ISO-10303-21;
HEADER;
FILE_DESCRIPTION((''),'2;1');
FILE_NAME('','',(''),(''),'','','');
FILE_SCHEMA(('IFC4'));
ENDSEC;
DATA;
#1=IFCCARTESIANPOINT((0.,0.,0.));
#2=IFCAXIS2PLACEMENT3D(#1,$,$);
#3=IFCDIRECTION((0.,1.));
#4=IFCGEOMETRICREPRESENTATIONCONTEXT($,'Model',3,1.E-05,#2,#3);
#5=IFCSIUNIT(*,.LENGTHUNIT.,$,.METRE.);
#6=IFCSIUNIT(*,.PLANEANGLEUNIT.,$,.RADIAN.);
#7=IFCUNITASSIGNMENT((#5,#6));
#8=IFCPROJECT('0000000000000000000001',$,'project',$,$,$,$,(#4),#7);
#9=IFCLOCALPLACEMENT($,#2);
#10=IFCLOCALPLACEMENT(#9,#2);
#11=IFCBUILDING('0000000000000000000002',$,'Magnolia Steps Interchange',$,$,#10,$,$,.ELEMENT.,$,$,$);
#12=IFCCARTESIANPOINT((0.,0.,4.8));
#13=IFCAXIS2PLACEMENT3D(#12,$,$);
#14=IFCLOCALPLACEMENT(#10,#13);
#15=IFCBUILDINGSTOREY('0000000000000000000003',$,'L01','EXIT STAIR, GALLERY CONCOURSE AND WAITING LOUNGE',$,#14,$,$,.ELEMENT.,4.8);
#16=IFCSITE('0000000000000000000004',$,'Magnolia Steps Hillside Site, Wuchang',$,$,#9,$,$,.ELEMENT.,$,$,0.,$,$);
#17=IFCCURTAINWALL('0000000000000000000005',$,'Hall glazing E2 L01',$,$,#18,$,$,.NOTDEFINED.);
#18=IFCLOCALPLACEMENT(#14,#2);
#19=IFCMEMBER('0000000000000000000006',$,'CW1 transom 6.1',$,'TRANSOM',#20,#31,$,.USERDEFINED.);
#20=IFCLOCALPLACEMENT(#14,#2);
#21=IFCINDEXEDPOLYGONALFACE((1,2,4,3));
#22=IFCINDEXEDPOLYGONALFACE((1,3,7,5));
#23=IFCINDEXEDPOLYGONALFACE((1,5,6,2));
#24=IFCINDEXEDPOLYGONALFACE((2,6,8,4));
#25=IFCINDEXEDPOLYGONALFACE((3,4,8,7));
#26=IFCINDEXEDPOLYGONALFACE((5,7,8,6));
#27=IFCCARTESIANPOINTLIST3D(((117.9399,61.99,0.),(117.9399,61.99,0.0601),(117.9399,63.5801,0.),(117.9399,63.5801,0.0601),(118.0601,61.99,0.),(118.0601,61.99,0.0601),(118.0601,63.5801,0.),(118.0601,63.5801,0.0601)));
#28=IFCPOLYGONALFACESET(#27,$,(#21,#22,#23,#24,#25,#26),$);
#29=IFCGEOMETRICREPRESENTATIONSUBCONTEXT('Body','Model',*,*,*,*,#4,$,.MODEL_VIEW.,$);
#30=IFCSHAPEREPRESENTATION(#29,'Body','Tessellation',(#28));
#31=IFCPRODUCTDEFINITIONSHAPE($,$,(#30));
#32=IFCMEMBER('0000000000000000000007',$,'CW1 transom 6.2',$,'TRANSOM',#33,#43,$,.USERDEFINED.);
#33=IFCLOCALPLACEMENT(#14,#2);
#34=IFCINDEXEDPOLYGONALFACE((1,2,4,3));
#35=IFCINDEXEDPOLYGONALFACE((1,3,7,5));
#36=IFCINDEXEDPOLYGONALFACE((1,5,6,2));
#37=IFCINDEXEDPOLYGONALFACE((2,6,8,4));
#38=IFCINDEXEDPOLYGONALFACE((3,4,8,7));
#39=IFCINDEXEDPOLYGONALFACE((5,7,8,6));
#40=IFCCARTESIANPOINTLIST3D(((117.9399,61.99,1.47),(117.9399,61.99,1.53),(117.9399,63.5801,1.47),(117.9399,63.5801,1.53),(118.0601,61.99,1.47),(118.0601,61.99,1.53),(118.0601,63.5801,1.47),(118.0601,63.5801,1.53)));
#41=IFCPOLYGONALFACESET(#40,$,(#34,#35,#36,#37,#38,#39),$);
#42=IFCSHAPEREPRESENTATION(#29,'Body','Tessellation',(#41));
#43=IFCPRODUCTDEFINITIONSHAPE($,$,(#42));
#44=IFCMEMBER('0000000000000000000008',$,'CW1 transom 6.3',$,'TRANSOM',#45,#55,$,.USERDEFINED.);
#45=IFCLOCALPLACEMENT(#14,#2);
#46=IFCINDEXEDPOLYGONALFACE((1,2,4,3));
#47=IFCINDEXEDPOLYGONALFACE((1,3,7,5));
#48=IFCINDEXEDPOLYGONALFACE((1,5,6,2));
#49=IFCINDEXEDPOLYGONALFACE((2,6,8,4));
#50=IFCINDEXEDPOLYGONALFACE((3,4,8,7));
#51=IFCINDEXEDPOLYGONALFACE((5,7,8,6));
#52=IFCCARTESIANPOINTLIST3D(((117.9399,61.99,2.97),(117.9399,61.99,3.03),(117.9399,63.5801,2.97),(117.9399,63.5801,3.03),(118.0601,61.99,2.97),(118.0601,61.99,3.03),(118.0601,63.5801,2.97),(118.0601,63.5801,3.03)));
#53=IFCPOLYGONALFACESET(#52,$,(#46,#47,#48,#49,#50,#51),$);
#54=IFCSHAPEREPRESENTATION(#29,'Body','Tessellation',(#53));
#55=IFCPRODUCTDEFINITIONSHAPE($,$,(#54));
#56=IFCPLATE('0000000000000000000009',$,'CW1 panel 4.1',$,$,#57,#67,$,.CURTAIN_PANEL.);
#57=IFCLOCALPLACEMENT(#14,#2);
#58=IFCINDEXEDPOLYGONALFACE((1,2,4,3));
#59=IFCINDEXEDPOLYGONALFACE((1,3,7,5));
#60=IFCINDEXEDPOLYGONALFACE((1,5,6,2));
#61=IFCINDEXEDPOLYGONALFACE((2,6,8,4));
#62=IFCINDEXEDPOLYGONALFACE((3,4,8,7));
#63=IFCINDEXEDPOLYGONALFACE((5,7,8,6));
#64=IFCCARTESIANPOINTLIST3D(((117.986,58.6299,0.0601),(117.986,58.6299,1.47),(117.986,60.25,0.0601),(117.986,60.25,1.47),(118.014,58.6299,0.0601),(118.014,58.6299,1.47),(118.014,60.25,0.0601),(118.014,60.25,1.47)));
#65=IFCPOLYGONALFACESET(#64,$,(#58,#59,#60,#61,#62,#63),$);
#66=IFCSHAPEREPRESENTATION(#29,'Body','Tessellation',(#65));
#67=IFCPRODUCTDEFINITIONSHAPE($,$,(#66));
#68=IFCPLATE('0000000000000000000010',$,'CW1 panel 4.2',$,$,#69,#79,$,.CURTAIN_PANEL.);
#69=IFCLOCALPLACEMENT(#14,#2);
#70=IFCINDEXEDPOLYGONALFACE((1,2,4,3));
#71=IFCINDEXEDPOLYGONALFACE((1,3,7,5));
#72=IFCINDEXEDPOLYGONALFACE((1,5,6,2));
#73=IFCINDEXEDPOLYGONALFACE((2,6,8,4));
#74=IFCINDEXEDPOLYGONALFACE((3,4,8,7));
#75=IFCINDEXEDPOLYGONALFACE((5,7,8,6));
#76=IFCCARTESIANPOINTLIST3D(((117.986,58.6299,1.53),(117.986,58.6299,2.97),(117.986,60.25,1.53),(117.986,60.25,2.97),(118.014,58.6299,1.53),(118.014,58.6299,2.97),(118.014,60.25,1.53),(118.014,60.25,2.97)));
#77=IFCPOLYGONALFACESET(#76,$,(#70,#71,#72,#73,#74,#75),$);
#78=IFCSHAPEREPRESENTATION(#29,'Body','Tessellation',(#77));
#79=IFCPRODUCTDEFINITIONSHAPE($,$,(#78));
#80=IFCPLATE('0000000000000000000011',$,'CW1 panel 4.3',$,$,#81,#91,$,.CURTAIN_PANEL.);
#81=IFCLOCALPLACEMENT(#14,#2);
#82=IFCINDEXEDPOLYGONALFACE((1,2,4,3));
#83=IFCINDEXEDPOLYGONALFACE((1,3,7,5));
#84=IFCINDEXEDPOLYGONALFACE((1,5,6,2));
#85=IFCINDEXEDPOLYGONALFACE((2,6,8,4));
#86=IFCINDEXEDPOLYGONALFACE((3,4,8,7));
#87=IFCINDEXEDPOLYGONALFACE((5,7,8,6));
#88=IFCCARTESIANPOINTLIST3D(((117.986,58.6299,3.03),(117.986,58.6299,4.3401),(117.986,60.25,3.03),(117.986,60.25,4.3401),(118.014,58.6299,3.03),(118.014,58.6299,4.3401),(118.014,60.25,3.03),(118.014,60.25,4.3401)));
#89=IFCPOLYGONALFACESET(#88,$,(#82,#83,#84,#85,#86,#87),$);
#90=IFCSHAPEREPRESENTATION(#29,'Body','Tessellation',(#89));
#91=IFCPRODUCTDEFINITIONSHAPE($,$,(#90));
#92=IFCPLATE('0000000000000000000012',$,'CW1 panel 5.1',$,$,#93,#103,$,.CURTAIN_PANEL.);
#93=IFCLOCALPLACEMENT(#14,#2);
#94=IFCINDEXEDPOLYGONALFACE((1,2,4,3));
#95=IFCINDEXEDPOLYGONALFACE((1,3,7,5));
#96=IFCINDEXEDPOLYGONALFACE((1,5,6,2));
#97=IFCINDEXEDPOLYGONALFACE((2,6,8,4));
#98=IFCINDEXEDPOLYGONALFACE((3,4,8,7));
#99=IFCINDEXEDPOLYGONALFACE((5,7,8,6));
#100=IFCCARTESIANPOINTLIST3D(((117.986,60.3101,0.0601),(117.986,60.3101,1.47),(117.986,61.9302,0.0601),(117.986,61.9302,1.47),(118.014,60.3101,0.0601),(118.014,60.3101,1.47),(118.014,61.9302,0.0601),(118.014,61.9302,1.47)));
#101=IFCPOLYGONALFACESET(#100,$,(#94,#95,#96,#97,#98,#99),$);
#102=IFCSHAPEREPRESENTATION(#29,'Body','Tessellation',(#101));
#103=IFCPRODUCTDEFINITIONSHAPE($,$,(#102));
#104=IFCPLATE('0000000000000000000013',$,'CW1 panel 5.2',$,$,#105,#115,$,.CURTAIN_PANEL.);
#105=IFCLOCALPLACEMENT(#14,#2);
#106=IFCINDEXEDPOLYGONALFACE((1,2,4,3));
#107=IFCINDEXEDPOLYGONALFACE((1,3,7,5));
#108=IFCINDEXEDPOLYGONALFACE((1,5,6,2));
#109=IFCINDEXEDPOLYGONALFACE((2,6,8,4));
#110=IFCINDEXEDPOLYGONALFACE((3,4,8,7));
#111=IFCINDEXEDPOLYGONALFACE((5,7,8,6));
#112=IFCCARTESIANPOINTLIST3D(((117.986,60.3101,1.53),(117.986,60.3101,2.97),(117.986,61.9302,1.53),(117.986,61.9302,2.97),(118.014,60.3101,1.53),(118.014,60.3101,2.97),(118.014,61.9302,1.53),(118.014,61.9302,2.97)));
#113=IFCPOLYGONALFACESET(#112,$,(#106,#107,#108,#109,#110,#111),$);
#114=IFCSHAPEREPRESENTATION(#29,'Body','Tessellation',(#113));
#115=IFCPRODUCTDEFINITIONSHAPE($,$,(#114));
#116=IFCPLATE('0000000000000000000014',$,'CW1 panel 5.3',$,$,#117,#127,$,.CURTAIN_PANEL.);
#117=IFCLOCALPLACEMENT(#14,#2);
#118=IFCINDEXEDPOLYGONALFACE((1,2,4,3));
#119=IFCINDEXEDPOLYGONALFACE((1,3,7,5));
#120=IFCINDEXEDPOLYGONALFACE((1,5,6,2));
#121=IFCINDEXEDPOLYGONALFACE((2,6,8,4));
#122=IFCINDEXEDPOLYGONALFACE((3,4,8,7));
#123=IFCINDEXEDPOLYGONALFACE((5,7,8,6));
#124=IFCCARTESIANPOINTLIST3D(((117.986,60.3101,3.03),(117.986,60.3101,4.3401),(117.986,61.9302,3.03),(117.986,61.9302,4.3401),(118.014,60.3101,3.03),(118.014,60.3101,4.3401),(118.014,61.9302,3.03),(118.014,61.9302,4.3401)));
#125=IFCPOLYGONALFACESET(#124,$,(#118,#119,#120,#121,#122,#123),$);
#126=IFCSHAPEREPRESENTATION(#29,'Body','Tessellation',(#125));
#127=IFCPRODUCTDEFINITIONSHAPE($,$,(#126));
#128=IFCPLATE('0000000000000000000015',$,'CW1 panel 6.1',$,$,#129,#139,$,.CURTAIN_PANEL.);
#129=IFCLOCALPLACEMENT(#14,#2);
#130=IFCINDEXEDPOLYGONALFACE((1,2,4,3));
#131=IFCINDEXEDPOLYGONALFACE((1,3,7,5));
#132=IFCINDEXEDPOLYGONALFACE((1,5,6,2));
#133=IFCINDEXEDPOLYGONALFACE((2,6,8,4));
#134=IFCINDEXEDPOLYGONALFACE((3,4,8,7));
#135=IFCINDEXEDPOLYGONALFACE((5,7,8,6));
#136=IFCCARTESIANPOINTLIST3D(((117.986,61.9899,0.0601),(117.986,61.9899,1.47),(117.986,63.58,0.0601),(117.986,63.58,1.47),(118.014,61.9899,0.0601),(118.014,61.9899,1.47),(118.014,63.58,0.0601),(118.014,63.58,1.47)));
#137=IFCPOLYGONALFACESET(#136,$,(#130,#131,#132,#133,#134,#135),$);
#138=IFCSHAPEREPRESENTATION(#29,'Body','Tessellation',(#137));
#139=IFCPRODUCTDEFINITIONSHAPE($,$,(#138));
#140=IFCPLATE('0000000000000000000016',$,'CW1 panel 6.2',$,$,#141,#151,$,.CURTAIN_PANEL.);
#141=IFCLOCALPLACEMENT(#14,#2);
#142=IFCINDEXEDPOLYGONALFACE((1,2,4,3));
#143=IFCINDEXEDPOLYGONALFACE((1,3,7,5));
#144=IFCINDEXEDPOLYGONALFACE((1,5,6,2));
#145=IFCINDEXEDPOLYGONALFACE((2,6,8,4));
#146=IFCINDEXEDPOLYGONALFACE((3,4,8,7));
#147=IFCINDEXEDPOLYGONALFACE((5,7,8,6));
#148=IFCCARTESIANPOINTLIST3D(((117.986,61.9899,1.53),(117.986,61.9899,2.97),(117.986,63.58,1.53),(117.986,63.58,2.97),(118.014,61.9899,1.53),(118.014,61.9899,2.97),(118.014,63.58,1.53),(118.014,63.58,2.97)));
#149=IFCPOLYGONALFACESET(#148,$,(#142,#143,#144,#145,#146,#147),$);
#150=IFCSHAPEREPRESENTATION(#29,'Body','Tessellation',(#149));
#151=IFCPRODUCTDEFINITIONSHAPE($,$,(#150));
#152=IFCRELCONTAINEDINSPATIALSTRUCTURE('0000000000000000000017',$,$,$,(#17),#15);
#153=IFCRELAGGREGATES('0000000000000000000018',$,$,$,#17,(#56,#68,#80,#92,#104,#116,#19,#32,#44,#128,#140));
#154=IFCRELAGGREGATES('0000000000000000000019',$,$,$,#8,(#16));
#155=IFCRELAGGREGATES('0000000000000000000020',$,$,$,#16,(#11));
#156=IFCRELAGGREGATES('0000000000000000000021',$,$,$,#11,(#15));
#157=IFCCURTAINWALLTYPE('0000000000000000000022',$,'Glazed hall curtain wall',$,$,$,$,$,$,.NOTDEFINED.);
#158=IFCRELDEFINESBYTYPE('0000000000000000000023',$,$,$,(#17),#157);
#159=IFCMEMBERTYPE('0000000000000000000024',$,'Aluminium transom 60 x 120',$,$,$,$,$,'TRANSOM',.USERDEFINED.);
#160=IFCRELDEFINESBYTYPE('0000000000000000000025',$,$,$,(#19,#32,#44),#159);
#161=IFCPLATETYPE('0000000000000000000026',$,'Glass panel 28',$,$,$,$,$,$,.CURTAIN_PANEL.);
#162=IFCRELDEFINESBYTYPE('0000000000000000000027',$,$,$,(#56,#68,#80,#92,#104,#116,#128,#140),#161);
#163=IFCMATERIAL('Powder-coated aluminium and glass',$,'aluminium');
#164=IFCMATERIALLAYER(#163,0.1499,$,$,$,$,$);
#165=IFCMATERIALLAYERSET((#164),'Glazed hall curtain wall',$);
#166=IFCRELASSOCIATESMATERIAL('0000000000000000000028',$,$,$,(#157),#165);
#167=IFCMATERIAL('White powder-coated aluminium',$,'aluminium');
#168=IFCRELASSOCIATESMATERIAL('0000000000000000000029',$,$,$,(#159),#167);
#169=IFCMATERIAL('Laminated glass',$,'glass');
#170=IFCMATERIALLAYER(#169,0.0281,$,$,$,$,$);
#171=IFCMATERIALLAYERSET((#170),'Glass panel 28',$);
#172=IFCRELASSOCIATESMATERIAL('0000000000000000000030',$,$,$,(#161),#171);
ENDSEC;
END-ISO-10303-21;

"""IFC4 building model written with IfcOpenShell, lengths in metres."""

from ifc_helpers import new_model, si_unit, direction, frame, origin, origin_2d, place, context, subcontext, project, spatial, rectangle, extrude, material, layer, layer_set, material_profile, profile_set, type_object, element, aggregate, save


model = new_model("IFC4")

# Units and contexts
model_context = context("Model", 3, precision=1e-05, world=origin(), true_north=direction((0.0, 1.0)))
body_context = subcontext(model_context, "Body", "Model", "MODEL_VIEW")
ifc_project = project(units=[si_unit("LENGTHUNIT", "METRE"), si_unit("PLANEANGLEUNIT", "RADIAN")], contexts=[model_context])

# Site, building, storey
site_placement = place(None, origin())
site = spatial("IfcSite", under=ifc_project, at=site_placement, Name="Magnolia Steps Hillside Site, Wuchang", CompositionType="ELEMENT", RefElevation=0.0)
building_placement = place(site_placement, origin())
building = spatial("IfcBuilding", under=site, at=building_placement, Name="Magnolia Steps Interchange", CompositionType="ELEMENT")
storey_placement = place(building_placement, frame((0.0, 0.0, 4.8)))
storey = spatial("IfcBuildingStorey", under=building, at=storey_placement, Name="L01", Description="EXIT STAIR, GALLERY CONCOURSE AND WAITING LOUNGE", CompositionType="ELEMENT", Elevation=4.8)

# Curtain wall, members, plates
ifc_material_1 = material(Name="Powder-coated aluminium and glass", Category="aluminium")
ifc_layer_1 = layer(ifc_material_1, 0.1499)
ifc_layer_set_1 = layer_set([ifc_layer_1], Name="Glazed hall curtain wall")
curtain_wall_type = type_object("IfcCurtainWallType", Name="Glazed hall curtain wall", PredefinedType="NOTDEFINED", material=ifc_layer_set_1)
curtain_wall_placement = place(storey_placement, origin())
curtain_wall = element("IfcCurtainWall", 1, at=curtain_wall_placement, inside=storey, type_object=curtain_wall_type, Name="Hall glazing E2 L01", PredefinedType="NOTDEFINED")
ifc_material_2 = material(Name="White powder-coated aluminium", Category="aluminium")
ifc_material_profile_1 = material_profile(ifc_material_2, rectangle(XDim=0.0601, YDim=0.1201, at=origin_2d()), Name="Aluminium transom 60 x 120")
ifc_profile_set_1 = profile_set([ifc_material_profile_1], Name="White powder-coated aluminium")
member_type_1 = type_object("IfcMemberType", Name="Aluminium transom 60 x 120", ElementType="TRANSOM", PredefinedType="USERDEFINED", material=ifc_profile_set_1)
member_1_placement = place(storey_placement, frame((118.0, 61.99, 0.03), z_axis=(0.0, 1.0, 0.0), x_axis=(0.0, 0.0, 1.0)))
member_1 = element("IfcMember", 2, at=member_1_placement, type_object=member_type_1, Name="CW1 transom 6.1", ObjectType="TRANSOM", PredefinedType="USERDEFINED", context=body_context, shape_type="SweptSolid", body=[
    extrude(rectangle(XDim=0.0601, YDim=0.1201, at=origin_2d()), origin(), (0.0, 0.0, 1.0), 1.5901),
])
member_2_placement = place(storey_placement, frame((118.0, 61.99, 1.5), z_axis=(0.0, 1.0, 0.0), x_axis=(0.0, 0.0, 1.0)))
member_2 = element("IfcMember", 3, at=member_2_placement, type_object=member_type_1, Name="CW1 transom 6.2", ObjectType="TRANSOM", PredefinedType="USERDEFINED", context=body_context, shape_type="SweptSolid", body=[
    extrude(rectangle(XDim=0.0601, YDim=0.1201, at=origin_2d()), origin(), (0.0, 0.0, 1.0), 1.5901),
])
member_3_placement = place(storey_placement, frame((118.0, 61.99, 3.0), z_axis=(0.0, 1.0, 0.0), x_axis=(0.0, 0.0, 1.0)))
member_3 = element("IfcMember", 4, at=member_3_placement, type_object=member_type_1, Name="CW1 transom 6.3", ObjectType="TRANSOM", PredefinedType="USERDEFINED", context=body_context, shape_type="SweptSolid", body=[
    extrude(rectangle(XDim=0.0601, YDim=0.1201, at=origin_2d()), origin(), (0.0, 0.0, 1.0), 1.5901),
])
ifc_material_3 = material(Name="Laminated glass", Category="glass")
ifc_layer_2 = layer(ifc_material_3, 0.0281)
ifc_layer_set_2 = layer_set([ifc_layer_2], Name="Glass panel 28")
plate_type = type_object("IfcPlateType", Name="Glass panel 28", PredefinedType="CURTAIN_PANEL", material=ifc_layer_set_2)
plate_1_placement = place(storey_placement, frame((118.0, 59.4399, 0.0601), z_axis=(0.0, 0.0, 1.0), x_axis=(0.0, 1.0, 0.0)))
plate_1 = element("IfcPlate", 5, at=plate_1_placement, type_object=plate_type, Name="CW1 panel 4.1", PredefinedType="CURTAIN_PANEL", context=body_context, shape_type="SweptSolid", body=[
    extrude(rectangle(XDim=1.6201, YDim=0.0281, at=origin_2d()), origin(), (0.0, 0.0, 1.0), 1.4099),
])
plate_2_placement = place(storey_placement, frame((118.0, 59.4399, 1.53), z_axis=(0.0, 0.0, 1.0), x_axis=(0.0, 1.0, 0.0)))
plate_2 = element("IfcPlate", 6, at=plate_2_placement, type_object=plate_type, Name="CW1 panel 4.2", PredefinedType="CURTAIN_PANEL", context=body_context, shape_type="SweptSolid", body=[
    extrude(rectangle(XDim=1.6201, YDim=0.0281, at=origin_2d()), origin(), (0.0, 0.0, 1.0), 1.4399),
])
plate_3_placement = place(storey_placement, frame((118.0, 59.4399, 3.03), z_axis=(0.0, 0.0, 1.0), x_axis=(0.0, 1.0, 0.0)))
plate_3 = element("IfcPlate", 7, at=plate_3_placement, type_object=plate_type, Name="CW1 panel 4.3", PredefinedType="CURTAIN_PANEL", context=body_context, shape_type="SweptSolid", body=[
    extrude(rectangle(XDim=1.6201, YDim=0.0281, at=origin_2d()), origin(), (0.0, 0.0, 1.0), 1.3101),
])
plate_4_placement = place(storey_placement, frame((118.0, 61.1201, 0.0601), z_axis=(0.0, 0.0, 1.0), x_axis=(0.0, 1.0, 0.0)))
plate_4 = element("IfcPlate", 8, at=plate_4_placement, type_object=plate_type, Name="CW1 panel 5.1", PredefinedType="CURTAIN_PANEL", context=body_context, shape_type="SweptSolid", body=[
    extrude(rectangle(XDim=1.6201, YDim=0.0281, at=origin_2d()), origin(), (0.0, 0.0, 1.0), 1.4099),
])
plate_5_placement = place(storey_placement, frame((118.0, 61.1201, 1.53), z_axis=(0.0, 0.0, 1.0), x_axis=(0.0, 1.0, 0.0)))
plate_5 = element("IfcPlate", 9, at=plate_5_placement, type_object=plate_type, Name="CW1 panel 5.2", PredefinedType="CURTAIN_PANEL", context=body_context, shape_type="SweptSolid", body=[
    extrude(rectangle(XDim=1.6201, YDim=0.0281, at=origin_2d()), origin(), (0.0, 0.0, 1.0), 1.4399),
])
plate_6_placement = place(storey_placement, frame((118.0, 61.1201, 3.03), z_axis=(0.0, 0.0, 1.0), x_axis=(0.0, 1.0, 0.0)))
plate_6 = element("IfcPlate", 10, at=plate_6_placement, type_object=plate_type, Name="CW1 panel 5.3", PredefinedType="CURTAIN_PANEL", context=body_context, shape_type="SweptSolid", body=[
    extrude(rectangle(XDim=1.6201, YDim=0.0281, at=origin_2d()), origin(), (0.0, 0.0, 1.0), 1.3101),
])
plate_7_placement = place(storey_placement, frame((118.0, 62.7849, 0.0601), z_axis=(0.0, 0.0, 1.0), x_axis=(0.0, 1.0, 0.0)))
plate_7 = element("IfcPlate", 11, at=plate_7_placement, type_object=plate_type, Name="CW1 panel 6.1", PredefinedType="CURTAIN_PANEL", context=body_context, shape_type="SweptSolid", body=[
    extrude(rectangle(XDim=1.5901, YDim=0.0281, at=origin_2d()), origin(), (0.0, 0.0, 1.0), 1.4099),
])
plate_8_placement = place(storey_placement, frame((118.0, 62.7849, 1.53), z_axis=(0.0, 0.0, 1.0), x_axis=(0.0, 1.0, 0.0)))
plate_8 = element("IfcPlate", 12, at=plate_8_placement, type_object=plate_type, Name="CW1 panel 6.2", PredefinedType="CURTAIN_PANEL", context=body_context, shape_type="SweptSolid", body=[
    extrude(rectangle(XDim=1.5901, YDim=0.0281, at=origin_2d()), origin(), (0.0, 0.0, 1.0), 1.4399),
])
aggregate(curtain_wall, [plate_1, plate_2, plate_3, plate_4, plate_5, plate_6, member_1, member_2, member_3, plate_7, plate_8])

save(model, "model.ifc")
